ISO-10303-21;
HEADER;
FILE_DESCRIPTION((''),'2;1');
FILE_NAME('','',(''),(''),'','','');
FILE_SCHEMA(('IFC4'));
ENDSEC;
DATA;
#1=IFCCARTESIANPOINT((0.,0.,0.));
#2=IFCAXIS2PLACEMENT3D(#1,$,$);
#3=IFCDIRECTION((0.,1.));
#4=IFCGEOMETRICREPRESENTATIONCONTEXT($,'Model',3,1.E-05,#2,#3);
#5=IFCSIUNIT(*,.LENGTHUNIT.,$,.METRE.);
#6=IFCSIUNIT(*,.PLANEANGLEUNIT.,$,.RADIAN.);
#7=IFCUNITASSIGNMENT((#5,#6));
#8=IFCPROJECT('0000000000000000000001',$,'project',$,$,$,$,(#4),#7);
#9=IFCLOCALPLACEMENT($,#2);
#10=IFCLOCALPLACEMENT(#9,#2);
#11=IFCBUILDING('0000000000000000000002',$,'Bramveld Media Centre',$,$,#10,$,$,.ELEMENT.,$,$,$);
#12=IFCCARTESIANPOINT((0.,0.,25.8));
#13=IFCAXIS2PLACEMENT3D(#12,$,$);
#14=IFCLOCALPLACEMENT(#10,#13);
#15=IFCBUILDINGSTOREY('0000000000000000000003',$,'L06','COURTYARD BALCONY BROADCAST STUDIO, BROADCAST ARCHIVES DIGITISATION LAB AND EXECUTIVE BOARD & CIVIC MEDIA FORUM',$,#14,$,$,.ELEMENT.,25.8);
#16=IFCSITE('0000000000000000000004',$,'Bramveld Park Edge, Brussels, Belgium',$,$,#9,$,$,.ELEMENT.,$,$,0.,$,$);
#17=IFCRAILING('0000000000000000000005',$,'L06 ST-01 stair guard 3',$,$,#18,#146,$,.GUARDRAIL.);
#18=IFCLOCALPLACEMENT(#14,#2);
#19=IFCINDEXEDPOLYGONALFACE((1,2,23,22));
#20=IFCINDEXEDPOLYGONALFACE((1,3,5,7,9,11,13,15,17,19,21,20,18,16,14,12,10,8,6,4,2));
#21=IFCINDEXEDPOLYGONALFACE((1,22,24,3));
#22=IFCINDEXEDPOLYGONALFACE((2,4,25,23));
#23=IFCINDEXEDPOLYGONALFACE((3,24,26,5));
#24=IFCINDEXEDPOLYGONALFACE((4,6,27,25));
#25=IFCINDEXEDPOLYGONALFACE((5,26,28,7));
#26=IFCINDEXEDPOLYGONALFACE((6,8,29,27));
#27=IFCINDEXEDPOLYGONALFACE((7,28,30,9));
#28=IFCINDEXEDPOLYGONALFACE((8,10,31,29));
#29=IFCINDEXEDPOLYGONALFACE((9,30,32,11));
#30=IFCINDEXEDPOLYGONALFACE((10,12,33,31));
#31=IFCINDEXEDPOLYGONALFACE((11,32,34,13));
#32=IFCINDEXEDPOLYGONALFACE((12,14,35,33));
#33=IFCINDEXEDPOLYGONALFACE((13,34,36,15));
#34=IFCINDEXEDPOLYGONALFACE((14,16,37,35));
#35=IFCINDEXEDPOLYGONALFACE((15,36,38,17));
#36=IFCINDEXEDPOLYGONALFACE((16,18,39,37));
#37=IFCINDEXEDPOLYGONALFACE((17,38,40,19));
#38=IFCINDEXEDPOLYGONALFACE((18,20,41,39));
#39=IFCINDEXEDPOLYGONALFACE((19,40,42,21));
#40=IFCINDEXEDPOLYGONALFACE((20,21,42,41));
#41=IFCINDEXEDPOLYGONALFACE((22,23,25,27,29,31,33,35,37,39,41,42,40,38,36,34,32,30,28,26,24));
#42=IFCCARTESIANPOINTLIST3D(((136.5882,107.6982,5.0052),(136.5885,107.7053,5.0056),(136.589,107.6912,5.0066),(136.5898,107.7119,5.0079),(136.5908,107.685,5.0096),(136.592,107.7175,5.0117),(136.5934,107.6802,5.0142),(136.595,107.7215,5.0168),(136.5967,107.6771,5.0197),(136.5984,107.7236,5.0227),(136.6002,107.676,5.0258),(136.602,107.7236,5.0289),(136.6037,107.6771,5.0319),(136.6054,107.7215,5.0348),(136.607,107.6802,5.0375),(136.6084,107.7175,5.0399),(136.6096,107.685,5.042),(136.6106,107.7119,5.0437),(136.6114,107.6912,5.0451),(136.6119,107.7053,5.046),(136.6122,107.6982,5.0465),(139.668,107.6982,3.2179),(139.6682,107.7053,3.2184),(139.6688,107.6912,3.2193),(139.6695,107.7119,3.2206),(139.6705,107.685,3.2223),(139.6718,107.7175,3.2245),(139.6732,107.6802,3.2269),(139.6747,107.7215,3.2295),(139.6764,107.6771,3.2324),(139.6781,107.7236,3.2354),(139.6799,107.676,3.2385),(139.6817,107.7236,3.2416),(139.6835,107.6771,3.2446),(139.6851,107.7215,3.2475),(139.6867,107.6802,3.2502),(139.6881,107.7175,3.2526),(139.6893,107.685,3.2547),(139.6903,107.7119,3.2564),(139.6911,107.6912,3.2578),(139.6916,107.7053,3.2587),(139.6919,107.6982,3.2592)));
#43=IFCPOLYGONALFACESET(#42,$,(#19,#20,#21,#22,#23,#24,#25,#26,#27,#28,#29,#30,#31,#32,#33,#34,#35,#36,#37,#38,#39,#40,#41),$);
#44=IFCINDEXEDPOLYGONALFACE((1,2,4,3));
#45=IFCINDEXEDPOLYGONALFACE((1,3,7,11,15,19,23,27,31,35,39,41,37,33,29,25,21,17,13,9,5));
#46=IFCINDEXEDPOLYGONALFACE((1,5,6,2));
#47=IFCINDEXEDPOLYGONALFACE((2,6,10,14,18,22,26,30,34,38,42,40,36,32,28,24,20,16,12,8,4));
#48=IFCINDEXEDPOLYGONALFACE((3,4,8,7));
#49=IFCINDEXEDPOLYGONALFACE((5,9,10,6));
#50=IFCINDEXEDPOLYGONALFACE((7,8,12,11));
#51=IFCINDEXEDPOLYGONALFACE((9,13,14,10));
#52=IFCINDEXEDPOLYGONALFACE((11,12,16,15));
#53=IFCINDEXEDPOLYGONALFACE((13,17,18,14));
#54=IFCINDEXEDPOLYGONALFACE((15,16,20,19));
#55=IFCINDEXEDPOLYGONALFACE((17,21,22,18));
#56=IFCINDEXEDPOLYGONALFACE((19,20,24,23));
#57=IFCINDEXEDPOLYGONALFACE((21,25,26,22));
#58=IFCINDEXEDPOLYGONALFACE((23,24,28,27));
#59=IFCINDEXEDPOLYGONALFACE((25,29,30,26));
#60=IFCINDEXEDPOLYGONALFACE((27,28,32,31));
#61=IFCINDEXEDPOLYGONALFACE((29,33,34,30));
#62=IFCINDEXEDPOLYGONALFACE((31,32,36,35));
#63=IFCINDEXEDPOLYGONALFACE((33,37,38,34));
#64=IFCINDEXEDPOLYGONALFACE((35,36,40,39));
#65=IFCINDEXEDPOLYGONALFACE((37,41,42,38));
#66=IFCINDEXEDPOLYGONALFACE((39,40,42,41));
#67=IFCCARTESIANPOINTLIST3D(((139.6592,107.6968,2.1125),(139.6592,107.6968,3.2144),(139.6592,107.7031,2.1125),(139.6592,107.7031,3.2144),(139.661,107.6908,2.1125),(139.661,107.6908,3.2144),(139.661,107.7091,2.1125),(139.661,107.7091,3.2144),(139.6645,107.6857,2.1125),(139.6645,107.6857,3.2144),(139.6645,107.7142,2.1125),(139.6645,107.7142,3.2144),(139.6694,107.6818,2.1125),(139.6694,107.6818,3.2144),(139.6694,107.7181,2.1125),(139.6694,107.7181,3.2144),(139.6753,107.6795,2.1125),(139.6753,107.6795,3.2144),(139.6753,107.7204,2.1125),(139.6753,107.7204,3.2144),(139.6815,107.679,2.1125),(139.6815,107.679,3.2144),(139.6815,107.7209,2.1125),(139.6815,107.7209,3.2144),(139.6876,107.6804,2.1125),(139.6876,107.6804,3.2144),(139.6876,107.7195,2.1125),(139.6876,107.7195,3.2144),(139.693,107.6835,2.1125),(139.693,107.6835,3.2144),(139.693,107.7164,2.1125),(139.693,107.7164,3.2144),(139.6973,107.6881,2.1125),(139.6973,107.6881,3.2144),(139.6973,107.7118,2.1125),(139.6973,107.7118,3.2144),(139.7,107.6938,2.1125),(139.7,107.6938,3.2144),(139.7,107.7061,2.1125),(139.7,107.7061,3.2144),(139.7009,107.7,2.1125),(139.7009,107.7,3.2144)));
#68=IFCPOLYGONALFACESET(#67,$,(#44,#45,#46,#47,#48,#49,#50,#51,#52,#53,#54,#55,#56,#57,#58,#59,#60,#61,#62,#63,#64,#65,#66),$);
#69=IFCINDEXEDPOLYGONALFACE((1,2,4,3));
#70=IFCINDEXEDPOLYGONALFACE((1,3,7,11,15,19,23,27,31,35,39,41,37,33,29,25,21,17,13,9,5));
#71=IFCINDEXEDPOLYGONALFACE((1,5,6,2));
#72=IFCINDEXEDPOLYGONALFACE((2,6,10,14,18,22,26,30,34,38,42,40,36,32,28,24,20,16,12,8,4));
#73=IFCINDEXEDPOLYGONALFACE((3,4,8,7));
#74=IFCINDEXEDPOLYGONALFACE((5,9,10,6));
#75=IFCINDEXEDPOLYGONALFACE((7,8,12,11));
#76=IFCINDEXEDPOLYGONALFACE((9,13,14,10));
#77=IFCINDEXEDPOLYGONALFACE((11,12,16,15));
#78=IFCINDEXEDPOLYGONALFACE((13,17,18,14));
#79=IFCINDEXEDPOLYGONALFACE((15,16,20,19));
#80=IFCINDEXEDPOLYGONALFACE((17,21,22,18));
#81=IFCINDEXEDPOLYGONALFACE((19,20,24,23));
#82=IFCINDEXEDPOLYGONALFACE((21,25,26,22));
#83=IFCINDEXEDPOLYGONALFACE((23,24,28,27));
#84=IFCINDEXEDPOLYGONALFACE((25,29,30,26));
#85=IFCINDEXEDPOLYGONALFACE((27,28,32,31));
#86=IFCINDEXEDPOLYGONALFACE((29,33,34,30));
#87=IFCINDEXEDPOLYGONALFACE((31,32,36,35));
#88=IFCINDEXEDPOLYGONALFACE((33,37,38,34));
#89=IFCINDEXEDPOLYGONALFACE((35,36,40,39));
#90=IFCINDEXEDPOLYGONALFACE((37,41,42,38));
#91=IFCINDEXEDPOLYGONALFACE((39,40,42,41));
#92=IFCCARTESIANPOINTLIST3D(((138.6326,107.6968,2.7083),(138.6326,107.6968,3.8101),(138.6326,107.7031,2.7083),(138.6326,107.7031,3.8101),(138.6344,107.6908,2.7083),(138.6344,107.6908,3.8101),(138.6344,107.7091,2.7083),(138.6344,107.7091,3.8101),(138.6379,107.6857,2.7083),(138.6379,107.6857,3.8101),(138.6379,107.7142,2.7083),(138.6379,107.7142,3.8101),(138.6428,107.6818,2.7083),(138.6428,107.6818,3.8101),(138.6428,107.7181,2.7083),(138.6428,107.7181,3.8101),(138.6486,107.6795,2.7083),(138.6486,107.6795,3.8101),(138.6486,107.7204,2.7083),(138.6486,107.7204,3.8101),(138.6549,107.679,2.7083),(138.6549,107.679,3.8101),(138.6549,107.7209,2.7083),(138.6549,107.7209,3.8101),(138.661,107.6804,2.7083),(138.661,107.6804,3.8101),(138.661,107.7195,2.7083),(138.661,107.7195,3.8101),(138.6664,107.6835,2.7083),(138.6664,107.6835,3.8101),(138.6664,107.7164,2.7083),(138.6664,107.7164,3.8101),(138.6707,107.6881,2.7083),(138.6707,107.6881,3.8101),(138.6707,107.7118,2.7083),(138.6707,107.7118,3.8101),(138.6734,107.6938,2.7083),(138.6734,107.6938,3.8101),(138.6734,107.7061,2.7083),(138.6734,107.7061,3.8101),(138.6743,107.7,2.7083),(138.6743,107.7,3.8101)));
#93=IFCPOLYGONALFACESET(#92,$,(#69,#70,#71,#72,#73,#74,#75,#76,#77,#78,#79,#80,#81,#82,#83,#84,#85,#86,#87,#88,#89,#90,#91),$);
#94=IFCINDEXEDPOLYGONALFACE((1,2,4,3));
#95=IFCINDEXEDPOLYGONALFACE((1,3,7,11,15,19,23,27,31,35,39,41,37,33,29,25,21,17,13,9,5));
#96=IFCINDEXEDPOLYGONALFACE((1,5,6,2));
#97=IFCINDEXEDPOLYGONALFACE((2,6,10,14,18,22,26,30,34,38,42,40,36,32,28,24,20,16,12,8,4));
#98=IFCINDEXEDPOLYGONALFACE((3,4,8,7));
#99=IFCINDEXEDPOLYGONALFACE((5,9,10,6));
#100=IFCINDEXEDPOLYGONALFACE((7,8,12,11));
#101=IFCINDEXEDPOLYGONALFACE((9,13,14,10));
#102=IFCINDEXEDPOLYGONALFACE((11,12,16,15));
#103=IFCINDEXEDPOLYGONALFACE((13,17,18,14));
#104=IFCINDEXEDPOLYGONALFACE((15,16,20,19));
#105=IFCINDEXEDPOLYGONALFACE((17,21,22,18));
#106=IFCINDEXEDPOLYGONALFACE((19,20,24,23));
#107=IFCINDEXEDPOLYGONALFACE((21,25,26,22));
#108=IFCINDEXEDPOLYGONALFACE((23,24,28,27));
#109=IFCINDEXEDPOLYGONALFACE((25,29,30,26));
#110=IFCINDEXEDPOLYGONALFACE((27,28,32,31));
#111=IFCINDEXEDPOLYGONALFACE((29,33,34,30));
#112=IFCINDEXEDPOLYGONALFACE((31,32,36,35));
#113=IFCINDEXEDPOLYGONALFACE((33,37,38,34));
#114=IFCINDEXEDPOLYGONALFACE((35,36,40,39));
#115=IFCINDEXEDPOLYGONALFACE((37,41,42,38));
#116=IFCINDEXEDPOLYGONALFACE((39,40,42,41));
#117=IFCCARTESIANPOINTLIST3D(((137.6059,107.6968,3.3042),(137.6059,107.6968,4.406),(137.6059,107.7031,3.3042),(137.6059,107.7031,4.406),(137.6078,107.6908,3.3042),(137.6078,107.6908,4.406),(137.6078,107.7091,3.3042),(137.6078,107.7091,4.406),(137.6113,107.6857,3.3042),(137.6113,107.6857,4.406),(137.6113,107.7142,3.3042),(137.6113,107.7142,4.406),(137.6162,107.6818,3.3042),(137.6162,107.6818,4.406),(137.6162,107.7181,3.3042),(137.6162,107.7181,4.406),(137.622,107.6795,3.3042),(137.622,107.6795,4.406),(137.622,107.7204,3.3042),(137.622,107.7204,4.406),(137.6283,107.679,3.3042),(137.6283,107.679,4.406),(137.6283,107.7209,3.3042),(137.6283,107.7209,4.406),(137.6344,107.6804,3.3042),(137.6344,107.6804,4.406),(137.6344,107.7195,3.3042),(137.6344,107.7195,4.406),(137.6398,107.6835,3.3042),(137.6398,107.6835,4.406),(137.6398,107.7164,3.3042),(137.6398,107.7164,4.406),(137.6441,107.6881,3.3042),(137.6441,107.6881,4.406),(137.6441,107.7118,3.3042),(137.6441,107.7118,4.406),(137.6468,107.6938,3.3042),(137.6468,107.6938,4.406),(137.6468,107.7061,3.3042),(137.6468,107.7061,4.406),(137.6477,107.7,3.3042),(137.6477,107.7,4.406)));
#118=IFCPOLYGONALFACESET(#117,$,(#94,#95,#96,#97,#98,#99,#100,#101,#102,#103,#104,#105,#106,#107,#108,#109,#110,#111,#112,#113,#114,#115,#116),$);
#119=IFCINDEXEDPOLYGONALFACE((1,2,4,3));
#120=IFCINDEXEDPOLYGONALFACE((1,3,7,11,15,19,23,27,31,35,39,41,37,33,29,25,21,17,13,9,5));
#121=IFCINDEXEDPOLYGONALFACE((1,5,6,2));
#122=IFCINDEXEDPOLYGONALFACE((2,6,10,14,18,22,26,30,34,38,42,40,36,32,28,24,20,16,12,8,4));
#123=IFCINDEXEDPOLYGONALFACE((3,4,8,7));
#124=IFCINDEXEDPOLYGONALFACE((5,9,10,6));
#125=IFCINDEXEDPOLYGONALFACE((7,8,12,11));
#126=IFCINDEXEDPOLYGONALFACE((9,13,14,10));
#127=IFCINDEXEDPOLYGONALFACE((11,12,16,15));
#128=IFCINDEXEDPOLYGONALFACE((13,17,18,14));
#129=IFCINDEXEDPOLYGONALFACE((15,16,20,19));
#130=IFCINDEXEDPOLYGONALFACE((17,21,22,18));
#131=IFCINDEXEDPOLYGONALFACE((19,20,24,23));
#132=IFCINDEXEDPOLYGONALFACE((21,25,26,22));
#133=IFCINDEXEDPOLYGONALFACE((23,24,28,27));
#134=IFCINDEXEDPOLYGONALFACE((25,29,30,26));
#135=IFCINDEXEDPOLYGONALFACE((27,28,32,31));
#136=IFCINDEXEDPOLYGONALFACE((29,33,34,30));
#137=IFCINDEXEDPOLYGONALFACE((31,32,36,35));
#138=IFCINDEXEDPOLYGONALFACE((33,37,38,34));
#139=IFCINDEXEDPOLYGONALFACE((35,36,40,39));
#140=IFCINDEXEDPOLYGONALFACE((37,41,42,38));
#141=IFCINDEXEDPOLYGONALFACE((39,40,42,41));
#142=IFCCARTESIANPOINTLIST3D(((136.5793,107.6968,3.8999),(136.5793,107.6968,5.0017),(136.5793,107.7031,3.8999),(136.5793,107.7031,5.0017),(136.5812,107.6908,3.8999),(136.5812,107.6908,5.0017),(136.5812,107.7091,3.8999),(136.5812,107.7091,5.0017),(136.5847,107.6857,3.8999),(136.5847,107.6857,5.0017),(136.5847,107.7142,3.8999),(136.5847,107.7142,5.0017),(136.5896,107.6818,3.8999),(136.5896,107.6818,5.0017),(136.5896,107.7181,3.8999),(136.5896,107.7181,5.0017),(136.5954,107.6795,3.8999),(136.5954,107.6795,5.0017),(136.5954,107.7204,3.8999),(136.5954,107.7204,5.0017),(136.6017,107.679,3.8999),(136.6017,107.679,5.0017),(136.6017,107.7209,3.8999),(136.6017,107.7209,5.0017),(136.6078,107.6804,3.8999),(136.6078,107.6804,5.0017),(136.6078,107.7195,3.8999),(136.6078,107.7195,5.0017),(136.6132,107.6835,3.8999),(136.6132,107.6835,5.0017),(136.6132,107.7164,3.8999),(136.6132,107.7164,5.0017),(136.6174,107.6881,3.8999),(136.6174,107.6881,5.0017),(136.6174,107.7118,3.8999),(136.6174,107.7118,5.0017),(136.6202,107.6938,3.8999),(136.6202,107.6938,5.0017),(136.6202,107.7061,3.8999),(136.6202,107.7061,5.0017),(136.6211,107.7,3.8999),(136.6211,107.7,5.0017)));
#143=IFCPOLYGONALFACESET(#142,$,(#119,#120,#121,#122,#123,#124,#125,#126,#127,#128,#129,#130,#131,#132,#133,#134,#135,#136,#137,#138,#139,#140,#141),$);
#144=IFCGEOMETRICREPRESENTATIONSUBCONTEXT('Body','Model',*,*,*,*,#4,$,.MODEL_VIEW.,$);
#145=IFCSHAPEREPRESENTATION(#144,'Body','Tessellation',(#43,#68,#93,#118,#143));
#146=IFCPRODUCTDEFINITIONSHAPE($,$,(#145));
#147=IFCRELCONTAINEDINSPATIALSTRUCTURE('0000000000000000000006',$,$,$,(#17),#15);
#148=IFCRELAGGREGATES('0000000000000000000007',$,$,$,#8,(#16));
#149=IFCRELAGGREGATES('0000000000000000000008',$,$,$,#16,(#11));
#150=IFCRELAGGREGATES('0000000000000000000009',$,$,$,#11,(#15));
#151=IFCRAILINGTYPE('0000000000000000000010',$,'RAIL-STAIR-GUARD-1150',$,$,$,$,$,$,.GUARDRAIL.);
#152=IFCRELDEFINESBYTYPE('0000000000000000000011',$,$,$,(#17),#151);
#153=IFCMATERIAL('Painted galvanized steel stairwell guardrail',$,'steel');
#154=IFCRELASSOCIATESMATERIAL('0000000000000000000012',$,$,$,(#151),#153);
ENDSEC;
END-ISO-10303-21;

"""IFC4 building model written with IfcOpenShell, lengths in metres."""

from ifc_helpers import new_model, si_unit, direction, frame, origin, origin_2d, place, context, subcontext, project, spatial, circle, extrude, material, type_object, element, save


model = new_model("IFC4")

# Units and contexts
model_context = context("Model", 3, precision=1e-05, world=origin(), true_north=direction((0.0, 1.0)))
body_context = subcontext(model_context, "Body", "Model", "MODEL_VIEW")
ifc_project = project(units=[si_unit("LENGTHUNIT", "METRE"), si_unit("PLANEANGLEUNIT", "RADIAN")], contexts=[model_context])

# Site, building, storey
site_placement = place(None, origin())
site = spatial("IfcSite", under=ifc_project, at=site_placement, Name="Bramveld Park Edge, Brussels, Belgium", CompositionType="ELEMENT", RefElevation=0.0)
building_placement = place(site_placement, origin())
building = spatial("IfcBuilding", under=site, at=building_placement, Name="Bramveld Media Centre", CompositionType="ELEMENT")
storey_placement = place(building_placement, frame((0.0, 0.0, 25.8)))
storey = spatial("IfcBuildingStorey", under=building, at=storey_placement, Name="L06", Description="COURTYARD BALCONY BROADCAST STUDIO, BROADCAST ARCHIVES DIGITISATION LAB AND EXECUTIVE BOARD & CIVIC MEDIA FORUM", CompositionType="ELEMENT", Elevation=25.8)

# Railing
ifc_material_1 = material(Name="Painted galvanized steel stairwell guardrail", Category="steel")
railing_type_1 = type_object("IfcRailingType", Name="RAIL-STAIR-GUARD-1150", PredefinedType="GUARDRAIL", material=ifc_material_1)
railing_1_placement = place(storey_placement, frame((139.6799, 107.7, 2.1125)))
element("IfcRailing", 1, at=railing_1_placement, inside=storey, type_object=railing_type_1, Name="L06 ST-01 stair guard 3", PredefinedType="GUARDRAIL", context=body_context, shape_type="SweptSolid", body=[
    extrude(circle(Radius=0.0239, at=origin_2d()), frame((0.0, 0.0, 1.126), z_axis=(-0.864903, 0.0, 0.501939), x_axis=(0.0, -1.0, 0.0)), (0.0, 0.0, 1.0), 3.5608),
    extrude(circle(Radius=0.021, at=origin_2d()), origin(), (0.0, 0.0, 1.0), 1.1018),
    extrude(circle(Radius=0.021, at=origin_2d()), frame((-1.0266, 0.0, 0.5957)), (0.0, 0.0, 1.0), 1.1018),
    extrude(circle(Radius=0.021, at=origin_2d()), frame((-2.0532, 0.0, 1.1917)), (0.0, 0.0, 1.0), 1.1018),
    extrude(circle(Radius=0.021, at=origin_2d()), frame((-3.0798, 0.0, 1.7874)), (0.0, 0.0, 1.0), 1.1018),
])

save(model, "model.ifc")
